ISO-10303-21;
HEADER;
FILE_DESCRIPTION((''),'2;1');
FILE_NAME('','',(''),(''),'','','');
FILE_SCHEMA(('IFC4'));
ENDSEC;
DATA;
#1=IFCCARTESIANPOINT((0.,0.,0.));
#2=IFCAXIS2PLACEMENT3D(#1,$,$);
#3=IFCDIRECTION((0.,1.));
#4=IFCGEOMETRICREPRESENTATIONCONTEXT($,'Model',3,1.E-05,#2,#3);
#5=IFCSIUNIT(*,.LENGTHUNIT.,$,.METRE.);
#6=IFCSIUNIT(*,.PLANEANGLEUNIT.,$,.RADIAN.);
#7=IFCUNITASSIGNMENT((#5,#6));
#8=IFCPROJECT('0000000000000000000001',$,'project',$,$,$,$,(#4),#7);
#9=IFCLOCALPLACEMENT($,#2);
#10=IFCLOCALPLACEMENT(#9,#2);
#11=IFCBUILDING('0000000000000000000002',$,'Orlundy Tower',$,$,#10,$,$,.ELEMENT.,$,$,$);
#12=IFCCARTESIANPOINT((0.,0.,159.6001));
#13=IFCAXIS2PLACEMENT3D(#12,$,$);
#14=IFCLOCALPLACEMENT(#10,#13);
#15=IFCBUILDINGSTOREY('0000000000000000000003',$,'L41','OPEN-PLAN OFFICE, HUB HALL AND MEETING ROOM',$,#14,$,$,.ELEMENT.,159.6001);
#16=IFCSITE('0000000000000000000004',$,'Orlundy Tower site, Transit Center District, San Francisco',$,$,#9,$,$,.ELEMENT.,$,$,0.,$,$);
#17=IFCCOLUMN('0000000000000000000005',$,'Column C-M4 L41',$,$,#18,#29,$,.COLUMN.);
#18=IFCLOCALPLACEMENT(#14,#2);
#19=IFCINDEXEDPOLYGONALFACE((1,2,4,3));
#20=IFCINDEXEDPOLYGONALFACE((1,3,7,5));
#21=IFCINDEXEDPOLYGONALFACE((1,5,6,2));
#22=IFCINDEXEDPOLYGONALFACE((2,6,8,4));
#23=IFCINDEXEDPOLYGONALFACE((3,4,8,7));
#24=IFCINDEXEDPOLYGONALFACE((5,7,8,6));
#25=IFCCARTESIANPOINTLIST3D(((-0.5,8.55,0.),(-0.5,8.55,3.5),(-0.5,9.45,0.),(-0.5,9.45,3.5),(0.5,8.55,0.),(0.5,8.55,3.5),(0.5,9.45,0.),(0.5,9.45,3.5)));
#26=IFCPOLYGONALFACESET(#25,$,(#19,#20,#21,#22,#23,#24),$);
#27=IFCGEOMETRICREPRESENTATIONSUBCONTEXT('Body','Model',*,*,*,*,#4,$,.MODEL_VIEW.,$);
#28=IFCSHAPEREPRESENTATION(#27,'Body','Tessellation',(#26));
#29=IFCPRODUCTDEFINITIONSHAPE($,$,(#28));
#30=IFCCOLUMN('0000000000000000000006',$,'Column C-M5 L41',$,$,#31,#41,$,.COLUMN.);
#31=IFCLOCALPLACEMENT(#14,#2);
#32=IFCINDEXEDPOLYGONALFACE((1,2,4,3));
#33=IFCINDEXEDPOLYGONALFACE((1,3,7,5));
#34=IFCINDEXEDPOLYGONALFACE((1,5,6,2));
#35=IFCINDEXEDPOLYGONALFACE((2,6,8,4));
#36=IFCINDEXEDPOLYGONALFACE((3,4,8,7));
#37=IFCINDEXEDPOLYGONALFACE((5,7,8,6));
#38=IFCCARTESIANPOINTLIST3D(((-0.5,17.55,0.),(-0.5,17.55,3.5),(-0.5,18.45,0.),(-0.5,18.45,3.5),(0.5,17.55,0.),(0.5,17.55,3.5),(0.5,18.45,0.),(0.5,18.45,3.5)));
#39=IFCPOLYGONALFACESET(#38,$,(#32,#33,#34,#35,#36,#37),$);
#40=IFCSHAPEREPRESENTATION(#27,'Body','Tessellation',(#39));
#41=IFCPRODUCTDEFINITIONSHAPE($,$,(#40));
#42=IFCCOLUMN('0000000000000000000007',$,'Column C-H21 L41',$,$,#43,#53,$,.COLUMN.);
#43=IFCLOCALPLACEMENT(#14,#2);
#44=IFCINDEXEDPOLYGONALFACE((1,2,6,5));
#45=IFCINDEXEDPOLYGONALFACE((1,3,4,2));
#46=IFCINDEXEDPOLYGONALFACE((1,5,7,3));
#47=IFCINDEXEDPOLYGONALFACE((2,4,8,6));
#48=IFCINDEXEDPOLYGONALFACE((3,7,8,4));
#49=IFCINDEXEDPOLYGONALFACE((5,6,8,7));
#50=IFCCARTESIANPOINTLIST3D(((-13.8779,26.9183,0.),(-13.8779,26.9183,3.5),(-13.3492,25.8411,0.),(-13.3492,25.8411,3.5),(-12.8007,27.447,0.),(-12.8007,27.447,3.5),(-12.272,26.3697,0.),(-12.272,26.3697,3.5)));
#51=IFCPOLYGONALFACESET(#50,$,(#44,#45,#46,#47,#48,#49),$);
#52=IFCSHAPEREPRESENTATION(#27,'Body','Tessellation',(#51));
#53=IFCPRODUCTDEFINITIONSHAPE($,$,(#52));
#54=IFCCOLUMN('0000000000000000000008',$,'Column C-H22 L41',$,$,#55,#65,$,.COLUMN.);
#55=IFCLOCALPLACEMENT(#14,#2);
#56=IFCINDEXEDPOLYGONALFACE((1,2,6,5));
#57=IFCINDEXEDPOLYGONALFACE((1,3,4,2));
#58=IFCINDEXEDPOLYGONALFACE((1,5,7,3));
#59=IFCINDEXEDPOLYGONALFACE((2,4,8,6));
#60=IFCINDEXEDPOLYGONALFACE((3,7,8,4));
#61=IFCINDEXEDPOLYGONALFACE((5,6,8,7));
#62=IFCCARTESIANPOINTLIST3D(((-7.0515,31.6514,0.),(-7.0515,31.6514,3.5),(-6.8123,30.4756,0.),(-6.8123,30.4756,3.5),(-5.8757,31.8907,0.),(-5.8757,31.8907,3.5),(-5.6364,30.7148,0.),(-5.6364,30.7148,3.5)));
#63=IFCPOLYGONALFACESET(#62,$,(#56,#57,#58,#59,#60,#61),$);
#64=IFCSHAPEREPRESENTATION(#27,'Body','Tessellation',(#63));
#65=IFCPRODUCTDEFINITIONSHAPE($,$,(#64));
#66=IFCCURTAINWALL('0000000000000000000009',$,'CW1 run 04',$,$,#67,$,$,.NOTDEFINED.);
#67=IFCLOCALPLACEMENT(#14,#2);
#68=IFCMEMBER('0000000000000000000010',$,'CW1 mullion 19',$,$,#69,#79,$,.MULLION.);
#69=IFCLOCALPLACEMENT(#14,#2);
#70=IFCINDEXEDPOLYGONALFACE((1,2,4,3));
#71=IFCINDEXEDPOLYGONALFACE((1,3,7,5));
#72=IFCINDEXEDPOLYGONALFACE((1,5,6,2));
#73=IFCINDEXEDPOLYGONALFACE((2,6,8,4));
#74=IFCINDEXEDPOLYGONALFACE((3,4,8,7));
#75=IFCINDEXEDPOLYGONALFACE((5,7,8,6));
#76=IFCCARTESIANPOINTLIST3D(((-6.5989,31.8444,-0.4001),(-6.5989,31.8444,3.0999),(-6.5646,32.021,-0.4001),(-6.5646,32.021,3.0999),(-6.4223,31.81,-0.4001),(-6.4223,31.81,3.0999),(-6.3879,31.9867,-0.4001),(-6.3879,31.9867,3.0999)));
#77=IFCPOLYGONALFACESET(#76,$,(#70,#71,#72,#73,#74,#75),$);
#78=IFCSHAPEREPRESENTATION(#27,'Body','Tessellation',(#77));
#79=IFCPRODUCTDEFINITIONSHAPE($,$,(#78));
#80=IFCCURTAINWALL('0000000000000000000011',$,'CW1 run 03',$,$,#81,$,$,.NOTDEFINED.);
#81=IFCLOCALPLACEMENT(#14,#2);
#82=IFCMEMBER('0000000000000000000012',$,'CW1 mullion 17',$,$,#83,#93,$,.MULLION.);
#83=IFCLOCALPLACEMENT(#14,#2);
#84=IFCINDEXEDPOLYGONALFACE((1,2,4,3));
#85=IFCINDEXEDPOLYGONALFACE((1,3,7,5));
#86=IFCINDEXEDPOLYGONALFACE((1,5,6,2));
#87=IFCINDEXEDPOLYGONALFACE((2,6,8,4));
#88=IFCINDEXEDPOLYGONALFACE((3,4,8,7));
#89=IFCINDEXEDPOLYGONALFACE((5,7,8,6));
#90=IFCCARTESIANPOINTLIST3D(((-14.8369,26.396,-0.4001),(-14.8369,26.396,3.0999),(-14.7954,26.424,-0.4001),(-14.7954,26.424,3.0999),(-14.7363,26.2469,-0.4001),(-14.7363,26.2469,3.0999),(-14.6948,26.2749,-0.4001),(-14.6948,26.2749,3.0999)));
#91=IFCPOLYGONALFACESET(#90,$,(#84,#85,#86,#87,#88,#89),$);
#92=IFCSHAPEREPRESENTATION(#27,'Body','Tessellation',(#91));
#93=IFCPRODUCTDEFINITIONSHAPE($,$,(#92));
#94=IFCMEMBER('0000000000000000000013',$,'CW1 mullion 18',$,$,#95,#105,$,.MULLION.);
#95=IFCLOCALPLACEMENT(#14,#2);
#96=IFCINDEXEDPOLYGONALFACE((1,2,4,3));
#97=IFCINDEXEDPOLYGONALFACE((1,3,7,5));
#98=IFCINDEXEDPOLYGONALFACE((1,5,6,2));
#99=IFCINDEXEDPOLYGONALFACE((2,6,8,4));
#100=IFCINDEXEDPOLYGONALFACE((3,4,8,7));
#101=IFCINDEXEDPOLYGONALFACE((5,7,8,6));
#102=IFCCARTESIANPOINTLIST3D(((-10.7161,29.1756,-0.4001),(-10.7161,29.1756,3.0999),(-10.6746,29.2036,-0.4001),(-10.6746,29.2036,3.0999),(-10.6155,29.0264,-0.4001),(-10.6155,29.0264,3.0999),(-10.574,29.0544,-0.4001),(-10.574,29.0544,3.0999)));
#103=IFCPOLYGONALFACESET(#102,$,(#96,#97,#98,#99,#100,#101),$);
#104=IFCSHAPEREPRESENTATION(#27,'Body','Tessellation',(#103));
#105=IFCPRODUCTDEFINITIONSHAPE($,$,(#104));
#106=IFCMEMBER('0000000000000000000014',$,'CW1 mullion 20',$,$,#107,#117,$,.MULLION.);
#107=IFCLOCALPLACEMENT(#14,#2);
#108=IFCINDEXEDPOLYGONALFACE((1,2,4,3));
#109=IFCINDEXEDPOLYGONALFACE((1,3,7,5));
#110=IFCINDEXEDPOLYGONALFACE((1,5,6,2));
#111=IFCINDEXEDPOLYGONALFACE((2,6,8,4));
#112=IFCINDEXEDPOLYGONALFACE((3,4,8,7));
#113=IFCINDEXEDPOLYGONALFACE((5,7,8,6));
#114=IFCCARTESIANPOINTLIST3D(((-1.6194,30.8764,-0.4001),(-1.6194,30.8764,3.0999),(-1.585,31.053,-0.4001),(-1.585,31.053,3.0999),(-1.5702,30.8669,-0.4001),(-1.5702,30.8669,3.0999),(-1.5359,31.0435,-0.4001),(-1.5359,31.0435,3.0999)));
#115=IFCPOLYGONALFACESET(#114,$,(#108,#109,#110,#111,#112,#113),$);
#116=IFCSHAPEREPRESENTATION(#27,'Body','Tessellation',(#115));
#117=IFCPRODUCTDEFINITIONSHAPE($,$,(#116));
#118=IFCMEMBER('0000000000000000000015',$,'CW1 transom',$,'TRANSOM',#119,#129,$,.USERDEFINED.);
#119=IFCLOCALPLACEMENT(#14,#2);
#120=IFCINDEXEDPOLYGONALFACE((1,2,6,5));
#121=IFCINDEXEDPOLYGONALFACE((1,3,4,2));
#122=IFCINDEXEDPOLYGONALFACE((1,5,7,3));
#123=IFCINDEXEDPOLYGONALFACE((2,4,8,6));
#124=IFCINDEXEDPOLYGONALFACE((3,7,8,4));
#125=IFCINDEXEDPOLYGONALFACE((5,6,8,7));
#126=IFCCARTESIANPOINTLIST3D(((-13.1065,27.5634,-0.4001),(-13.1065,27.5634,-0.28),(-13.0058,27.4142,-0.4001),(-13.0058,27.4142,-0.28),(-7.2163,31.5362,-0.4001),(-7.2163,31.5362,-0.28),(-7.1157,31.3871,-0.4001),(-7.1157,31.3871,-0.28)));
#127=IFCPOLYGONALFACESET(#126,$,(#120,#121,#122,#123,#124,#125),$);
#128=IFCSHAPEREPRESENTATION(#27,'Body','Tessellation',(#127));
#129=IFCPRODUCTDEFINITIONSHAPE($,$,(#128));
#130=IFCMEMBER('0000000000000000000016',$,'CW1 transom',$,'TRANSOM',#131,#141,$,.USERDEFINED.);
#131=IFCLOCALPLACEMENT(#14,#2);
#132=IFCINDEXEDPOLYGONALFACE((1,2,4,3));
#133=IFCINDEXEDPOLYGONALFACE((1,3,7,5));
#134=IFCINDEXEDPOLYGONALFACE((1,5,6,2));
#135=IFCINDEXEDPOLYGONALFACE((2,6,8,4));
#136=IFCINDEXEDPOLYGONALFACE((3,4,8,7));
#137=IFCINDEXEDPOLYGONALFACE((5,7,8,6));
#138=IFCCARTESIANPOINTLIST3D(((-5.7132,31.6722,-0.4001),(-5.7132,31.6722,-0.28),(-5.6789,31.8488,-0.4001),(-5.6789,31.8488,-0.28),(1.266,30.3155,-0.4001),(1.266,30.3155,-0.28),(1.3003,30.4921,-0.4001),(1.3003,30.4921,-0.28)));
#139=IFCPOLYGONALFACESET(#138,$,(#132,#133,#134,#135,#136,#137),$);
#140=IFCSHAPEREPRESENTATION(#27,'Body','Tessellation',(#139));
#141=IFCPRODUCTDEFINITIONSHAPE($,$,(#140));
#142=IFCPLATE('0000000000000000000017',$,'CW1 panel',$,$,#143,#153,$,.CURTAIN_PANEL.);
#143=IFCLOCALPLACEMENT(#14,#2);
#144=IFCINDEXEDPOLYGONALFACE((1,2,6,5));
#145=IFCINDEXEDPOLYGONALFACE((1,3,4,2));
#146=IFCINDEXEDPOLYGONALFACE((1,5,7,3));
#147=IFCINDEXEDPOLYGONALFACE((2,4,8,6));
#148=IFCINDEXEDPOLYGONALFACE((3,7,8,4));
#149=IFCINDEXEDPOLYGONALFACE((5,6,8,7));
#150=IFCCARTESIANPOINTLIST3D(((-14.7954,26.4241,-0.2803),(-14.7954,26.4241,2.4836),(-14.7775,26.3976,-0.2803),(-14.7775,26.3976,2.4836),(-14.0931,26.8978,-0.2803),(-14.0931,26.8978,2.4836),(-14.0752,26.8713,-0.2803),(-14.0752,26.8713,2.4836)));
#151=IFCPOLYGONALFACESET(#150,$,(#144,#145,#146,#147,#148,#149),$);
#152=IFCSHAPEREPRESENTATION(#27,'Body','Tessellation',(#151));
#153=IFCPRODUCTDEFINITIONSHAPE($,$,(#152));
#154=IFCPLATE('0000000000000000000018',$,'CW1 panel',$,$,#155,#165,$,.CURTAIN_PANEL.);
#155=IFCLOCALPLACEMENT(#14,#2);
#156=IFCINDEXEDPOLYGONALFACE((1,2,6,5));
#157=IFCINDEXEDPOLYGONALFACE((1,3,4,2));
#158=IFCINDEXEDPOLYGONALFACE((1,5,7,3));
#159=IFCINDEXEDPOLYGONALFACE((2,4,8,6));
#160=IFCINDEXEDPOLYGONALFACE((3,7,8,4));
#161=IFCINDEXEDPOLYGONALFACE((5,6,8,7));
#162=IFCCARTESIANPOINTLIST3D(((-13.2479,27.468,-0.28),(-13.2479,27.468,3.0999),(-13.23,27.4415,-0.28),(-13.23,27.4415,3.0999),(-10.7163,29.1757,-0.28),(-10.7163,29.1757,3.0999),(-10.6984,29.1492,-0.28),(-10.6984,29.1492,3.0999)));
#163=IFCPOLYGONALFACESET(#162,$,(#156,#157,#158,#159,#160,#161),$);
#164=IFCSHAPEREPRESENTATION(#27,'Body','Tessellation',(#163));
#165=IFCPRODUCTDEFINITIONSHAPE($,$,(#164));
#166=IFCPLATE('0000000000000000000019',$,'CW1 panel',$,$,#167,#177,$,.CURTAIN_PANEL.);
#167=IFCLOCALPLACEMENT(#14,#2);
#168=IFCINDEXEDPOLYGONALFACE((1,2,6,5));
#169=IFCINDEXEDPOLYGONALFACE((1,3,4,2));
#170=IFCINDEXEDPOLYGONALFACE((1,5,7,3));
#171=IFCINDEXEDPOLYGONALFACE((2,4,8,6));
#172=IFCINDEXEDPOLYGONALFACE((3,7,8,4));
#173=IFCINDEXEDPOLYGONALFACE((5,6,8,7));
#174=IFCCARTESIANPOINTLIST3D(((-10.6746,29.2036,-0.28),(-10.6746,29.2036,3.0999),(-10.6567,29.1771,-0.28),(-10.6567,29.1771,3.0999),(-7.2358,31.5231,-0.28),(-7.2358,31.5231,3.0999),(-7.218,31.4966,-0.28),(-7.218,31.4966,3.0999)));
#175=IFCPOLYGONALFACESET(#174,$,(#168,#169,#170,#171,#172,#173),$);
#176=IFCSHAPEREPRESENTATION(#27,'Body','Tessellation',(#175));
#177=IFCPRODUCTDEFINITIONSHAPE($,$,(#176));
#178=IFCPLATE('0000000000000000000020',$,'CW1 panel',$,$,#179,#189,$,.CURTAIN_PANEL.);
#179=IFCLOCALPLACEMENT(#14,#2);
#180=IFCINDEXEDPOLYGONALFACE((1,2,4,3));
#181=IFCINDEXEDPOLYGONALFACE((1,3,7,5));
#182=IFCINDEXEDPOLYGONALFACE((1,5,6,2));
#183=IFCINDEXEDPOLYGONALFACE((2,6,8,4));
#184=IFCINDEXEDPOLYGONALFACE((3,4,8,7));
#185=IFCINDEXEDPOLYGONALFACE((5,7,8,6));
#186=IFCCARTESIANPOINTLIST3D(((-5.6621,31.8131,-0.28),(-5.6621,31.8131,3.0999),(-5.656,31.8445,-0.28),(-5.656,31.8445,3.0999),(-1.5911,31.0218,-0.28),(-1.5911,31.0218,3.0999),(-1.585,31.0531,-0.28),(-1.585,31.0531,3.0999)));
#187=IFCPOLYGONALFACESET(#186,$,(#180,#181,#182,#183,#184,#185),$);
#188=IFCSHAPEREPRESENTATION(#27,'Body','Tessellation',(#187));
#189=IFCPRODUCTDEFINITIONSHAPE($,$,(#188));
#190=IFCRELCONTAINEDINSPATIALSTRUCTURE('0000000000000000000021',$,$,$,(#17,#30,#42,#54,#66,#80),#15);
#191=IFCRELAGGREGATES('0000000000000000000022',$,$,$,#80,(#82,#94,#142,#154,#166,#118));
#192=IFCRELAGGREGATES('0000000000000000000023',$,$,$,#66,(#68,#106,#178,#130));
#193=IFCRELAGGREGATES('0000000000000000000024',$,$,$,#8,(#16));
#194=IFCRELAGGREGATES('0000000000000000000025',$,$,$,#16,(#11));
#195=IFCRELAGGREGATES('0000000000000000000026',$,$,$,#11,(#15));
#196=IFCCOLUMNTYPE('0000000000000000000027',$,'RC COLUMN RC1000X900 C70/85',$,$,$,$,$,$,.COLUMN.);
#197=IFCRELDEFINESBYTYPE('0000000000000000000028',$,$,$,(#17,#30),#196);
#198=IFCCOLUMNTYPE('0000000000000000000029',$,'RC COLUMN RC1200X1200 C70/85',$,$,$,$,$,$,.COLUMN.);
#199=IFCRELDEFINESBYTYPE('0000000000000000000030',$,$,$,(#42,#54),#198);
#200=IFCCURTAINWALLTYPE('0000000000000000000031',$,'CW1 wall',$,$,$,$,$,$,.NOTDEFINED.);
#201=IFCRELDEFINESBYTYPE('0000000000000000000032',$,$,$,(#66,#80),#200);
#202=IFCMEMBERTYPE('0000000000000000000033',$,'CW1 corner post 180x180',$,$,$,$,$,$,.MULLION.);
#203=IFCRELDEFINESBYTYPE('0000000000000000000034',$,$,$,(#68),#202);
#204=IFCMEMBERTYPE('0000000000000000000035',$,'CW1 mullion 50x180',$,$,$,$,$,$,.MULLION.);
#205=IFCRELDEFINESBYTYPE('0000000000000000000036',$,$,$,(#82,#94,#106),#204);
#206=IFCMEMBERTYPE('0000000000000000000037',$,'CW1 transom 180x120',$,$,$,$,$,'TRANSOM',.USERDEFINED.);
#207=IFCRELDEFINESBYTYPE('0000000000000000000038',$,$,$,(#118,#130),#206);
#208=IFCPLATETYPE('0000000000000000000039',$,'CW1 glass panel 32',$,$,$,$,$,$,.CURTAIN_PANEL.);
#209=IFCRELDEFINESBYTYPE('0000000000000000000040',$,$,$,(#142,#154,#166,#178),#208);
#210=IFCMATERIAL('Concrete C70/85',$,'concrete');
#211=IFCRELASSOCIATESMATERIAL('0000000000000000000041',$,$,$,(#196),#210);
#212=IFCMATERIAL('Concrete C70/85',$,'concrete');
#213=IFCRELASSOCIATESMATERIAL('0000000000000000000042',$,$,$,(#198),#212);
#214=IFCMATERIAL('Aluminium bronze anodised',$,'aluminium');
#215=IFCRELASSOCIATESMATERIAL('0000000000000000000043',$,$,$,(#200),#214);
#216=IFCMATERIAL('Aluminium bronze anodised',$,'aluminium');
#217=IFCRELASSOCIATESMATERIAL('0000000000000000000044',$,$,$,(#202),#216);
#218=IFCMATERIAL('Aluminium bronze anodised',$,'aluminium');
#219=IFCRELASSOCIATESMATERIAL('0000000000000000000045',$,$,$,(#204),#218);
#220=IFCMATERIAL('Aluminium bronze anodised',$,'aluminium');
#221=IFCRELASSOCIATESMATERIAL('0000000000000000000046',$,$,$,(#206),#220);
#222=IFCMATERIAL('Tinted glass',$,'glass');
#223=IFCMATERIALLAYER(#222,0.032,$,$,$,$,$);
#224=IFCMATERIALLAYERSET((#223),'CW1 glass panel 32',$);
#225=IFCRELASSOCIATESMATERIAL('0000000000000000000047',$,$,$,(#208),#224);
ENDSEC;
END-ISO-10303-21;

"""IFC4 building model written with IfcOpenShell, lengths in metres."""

from ifc_helpers import new_model, si_unit, direction, frame, origin, origin_2d, place, context, subcontext, project, spatial, rectangle, extrude, material, layer, layer_set, material_profile, profile_set, type_object, element, aggregate, save


model = new_model("IFC4")

# Units and contexts
model_context = context("Model", 3, precision=1e-05, world=origin(), true_north=direction((0.0, 1.0)))
body_context = subcontext(model_context, "Body", "Model", "MODEL_VIEW")
ifc_project = project(units=[si_unit("LENGTHUNIT", "METRE"), si_unit("PLANEANGLEUNIT", "RADIAN")], contexts=[model_context])

# Site, building, storey
site_placement = place(None, origin())
site = spatial("IfcSite", under=ifc_project, at=site_placement, Name="Orlundy Tower site, Transit Center District, San Francisco", CompositionType="ELEMENT", RefElevation=0.0)
building_placement = place(site_placement, origin())
building = spatial("IfcBuilding", under=site, at=building_placement, Name="Orlundy Tower", CompositionType="ELEMENT")
storey_placement = place(building_placement, frame((0.0, 0.0, 159.6001)))
storey = spatial("IfcBuildingStorey", under=building, at=storey_placement, Name="L41", Description="OPEN-PLAN OFFICE, HUB HALL AND MEETING ROOM", CompositionType="ELEMENT", Elevation=159.6001)

# Columns
ifc_material_1 = material(Name="Concrete C70/85", Category="concrete")
ifc_material_profile_1 = material_profile(ifc_material_1, rectangle(XDim=1.0, YDim=0.8999, at=origin_2d()), Name="RC1000X900")
ifc_profile_set_1 = profile_set([ifc_material_profile_1], Name="Concrete C70/85")
column_type_1 = type_object("IfcColumnType", Name="RC COLUMN RC1000X900 C70/85", PredefinedType="COLUMN", material=ifc_profile_set_1)
for number, where, z_axis, x_axis, name in (
    (1, (0.0, 9.0, 0.0), (0.0, 0.0, 1.0), (1.0, 0.0, 0.0), "Column C-M4 L41"),
    (2, (0.0, 18.0, 0.0), (0.0, 0.0, 1.0), (1.0, 0.0, 0.0), "Column C-M5 L41"),
):
    element("IfcColumn", number, at=place(storey_placement, frame(where, z_axis=z_axis, x_axis=x_axis)), inside=storey, type_object=column_type_1, Name=name, PredefinedType="COLUMN", context=body_context, shape_type="SweptSolid", body=[
        extrude(rectangle(XDim=1.0, YDim=0.8999, at=origin_2d()), origin(), (0.0, 0.0, 1.0), 3.5),
    ])
ifc_material_2 = material(Name="Concrete C70/85", Category="concrete")
ifc_material_profile_2 = material_profile(ifc_material_2, rectangle(XDim=1.2, YDim=1.2, at=origin_2d()), Name="RC1200X1200")
ifc_profile_set_2 = profile_set([ifc_material_profile_2], Name="Concrete C70/85")
column_type_2 = type_object("IfcColumnType", Name="RC COLUMN RC1200X1200 C70/85", PredefinedType="COLUMN", material=ifc_profile_set_2)
for number, where, z_axis, x_axis, name in (
    (3, (-13.075, 26.644, 0.0), (0.0, 0.0, 1.0), (-0.44055, 0.897728, 0.0), "Column C-H21 L41"),
    (4, (-6.344, 31.1831, 0.0), (0.0, 0.0, 1.0), (-0.199368, 0.979925, 0.0), "Column C-H22 L41"),
):
    element("IfcColumn", number, at=place(storey_placement, frame(where, z_axis=z_axis, x_axis=x_axis)), inside=storey, type_object=column_type_2, Name=name, PredefinedType="COLUMN", context=body_context, shape_type="SweptSolid", body=[
        extrude(rectangle(XDim=1.2, YDim=1.2, at=origin_2d()), origin(), (0.0, 0.0, 1.0), 3.5),
    ])

# Curtain wall, member
ifc_material_3 = material(Name="Aluminium bronze anodised", Category="aluminium")
curtain_wall_type = type_object("IfcCurtainWallType", Name="CW1 wall", PredefinedType="NOTDEFINED", material=ifc_material_3)
curtain_wall_1_placement = place(storey_placement, origin())
curtain_wall_1 = element("IfcCurtainWall", 5, at=curtain_wall_1_placement, inside=storey, type_object=curtain_wall_type, Name="CW1 run 04", PredefinedType="NOTDEFINED")
ifc_material_4 = material(Name="Aluminium bronze anodised", Category="aluminium")
ifc_material_profile_3 = material_profile(ifc_material_4, rectangle(XDim=0.1799, YDim=0.1799, at=origin_2d()), Name="CW1 corner post 180x180")
ifc_profile_set_3 = profile_set([ifc_material_profile_3], Name="Aluminium bronze anodised")
member_type_1 = type_object("IfcMemberType", Name="CW1 corner post 180x180", PredefinedType="MULLION", material=ifc_profile_set_3)
member_1_placement = place(storey_placement, frame((-6.4934, 31.9155, -0.4001), z_axis=(0.0, 0.0, 1.0), x_axis=(0.190805, 0.981628, 0.0)))
member_1 = element("IfcMember", 6, at=member_1_placement, type_object=member_type_1, Name="CW1 mullion 19", PredefinedType="MULLION", context=body_context, shape_type="SweptSolid", body=[
    extrude(rectangle(XDim=0.1799, YDim=0.1799, at=origin_2d()), origin(), (0.0, 0.0, 1.0), 3.5),
])

# Curtain wall, members
curtain_wall_2_placement = place(storey_placement, origin())
curtain_wall_2 = element("IfcCurtainWall", 7, at=curtain_wall_2_placement, inside=storey, type_object=curtain_wall_type, Name="CW1 run 03", PredefinedType="NOTDEFINED")
ifc_material_5 = material(Name="Aluminium bronze anodised", Category="aluminium")
ifc_material_profile_4 = material_profile(ifc_material_5, rectangle(XDim=0.1799, YDim=0.05, at=origin_2d()), Name="CW1 mullion 50x180")
ifc_profile_set_4 = profile_set([ifc_material_profile_4], Name="Aluminium bronze anodised")
member_type_2 = type_object("IfcMemberType", Name="CW1 mullion 50x180", PredefinedType="MULLION", material=ifc_profile_set_4)
member_2_placement = place(storey_placement, frame((-14.7659, 26.3354, -0.4001), z_axis=(0.0, 0.0, 1.0), x_axis=(-0.559205, 0.82903, 0.0)))
member_2 = element("IfcMember", 8, at=member_2_placement, type_object=member_type_2, Name="CW1 mullion 17", PredefinedType="MULLION", context=body_context, shape_type="SweptSolid", body=[
    extrude(rectangle(XDim=0.1799, YDim=0.05, at=origin_2d()), origin(), (0.0, 0.0, 1.0), 3.5),
])
member_3_placement = place(storey_placement, frame((-10.645, 29.115, -0.4001), z_axis=(0.0, 0.0, 1.0), x_axis=(-0.559205, 0.82903, 0.0)))
member_3 = element("IfcMember", 9, at=member_3_placement, type_object=member_type_2, Name="CW1 mullion 18", PredefinedType="MULLION", context=body_context, shape_type="SweptSolid", body=[
    extrude(rectangle(XDim=0.1799, YDim=0.05, at=origin_2d()), origin(), (0.0, 0.0, 1.0), 3.5),
])

# Members
member_4_placement = place(storey_placement, frame((-1.5776, 30.96, -0.4001), z_axis=(0.0, 0.0, 1.0), x_axis=(0.190805, 0.981628, 0.0)))
member_4 = element("IfcMember", 10, at=member_4_placement, type_object=member_type_2, Name="CW1 mullion 20", PredefinedType="MULLION", context=body_context, shape_type="SweptSolid", body=[
    extrude(rectangle(XDim=0.1799, YDim=0.05, at=origin_2d()), origin(), (0.0, 0.0, 1.0), 3.5),
])
ifc_material_6 = material(Name="Aluminium bronze anodised", Category="aluminium")
ifc_material_profile_5 = material_profile(ifc_material_6, rectangle(XDim=0.1799, YDim=0.1201, at=origin_2d()), Name="CW1 transom 180x120")
ifc_profile_set_5 = profile_set([ifc_material_profile_5], Name="Aluminium bronze anodised")
member_type_3 = type_object("IfcMemberType", Name="CW1 transom 180x120", ElementType="TRANSOM", PredefinedType="USERDEFINED", material=ifc_profile_set_5)
member_5_placement = place(storey_placement, frame((-13.0562, 27.4888, -0.3401), z_axis=(0.829041, 0.559188, 0.0), x_axis=(-0.559188, 0.829041, 0.0)))
member_5 = element("IfcMember", 11, at=member_5_placement, type_object=member_type_3, Name="CW1 transom", ObjectType="TRANSOM", PredefinedType="USERDEFINED", context=body_context, shape_type="SweptSolid", body=[
    extrude(rectangle(XDim=0.1799, YDim=0.1201, at=origin_2d()), origin(), (0.0, 0.0, 1.0), 7.1047),
])
member_6_placement = place(storey_placement, frame((-5.696, 31.7605, -0.3401), z_axis=(0.981626, -0.190817, 0.0), x_axis=(0.190817, 0.981626, 0.0)))
member_6 = element("IfcMember", 12, at=member_6_placement, type_object=member_type_3, Name="CW1 transom", ObjectType="TRANSOM", PredefinedType="USERDEFINED", context=body_context, shape_type="SweptSolid", body=[
    extrude(rectangle(XDim=0.1799, YDim=0.1201, at=origin_2d()), origin(), (0.0, 0.0, 1.0), 7.1099),
])

# Plates
ifc_material_7 = material(Name="Tinted glass", Category="glass")
ifc_layer_1 = layer(ifc_material_7, 0.032)
ifc_layer_set_1 = layer_set([ifc_layer_1], Name="CW1 glass panel 32")
plate_type = type_object("IfcPlateType", Name="CW1 glass panel 32", PredefinedType="CURTAIN_PANEL", material=ifc_layer_set_1)
plate_1_placement = place(storey_placement, frame((-14.4353, 26.6477, -0.2803), z_axis=(0.0, 0.0, 1.0), x_axis=(0.82903, 0.559205, 0.0)))
plate_1 = element("IfcPlate", 13, at=plate_1_placement, type_object=plate_type, Name="CW1 panel", PredefinedType="CURTAIN_PANEL", context=body_context, shape_type="SweptSolid", body=[
    extrude(rectangle(XDim=0.8472, YDim=0.032, at=origin_2d()), origin(), (0.0, 0.0, 1.0), 2.7639),
])
plate_2_placement = place(storey_placement, frame((-11.9731, 28.3086, -0.28), z_axis=(0.0, 0.0, 1.0), x_axis=(0.82903, 0.559205, 0.0)))
plate_2 = element("IfcPlate", 14, at=plate_2_placement, type_object=plate_type, Name="CW1 panel", PredefinedType="CURTAIN_PANEL", context=body_context, shape_type="SweptSolid", body=[
    extrude(rectangle(XDim=3.0537, YDim=0.032, at=origin_2d()), origin(), (0.0, 0.0, 1.0), 3.3799),
])
plate_3_placement = place(storey_placement, frame((-8.9463, 30.3501, -0.28), z_axis=(0.0, 0.0, 1.0), x_axis=(0.82903, 0.559205, 0.0)))
plate_3 = element("IfcPlate", 15, at=plate_3_placement, type_object=plate_type, Name="CW1 panel", PredefinedType="CURTAIN_PANEL", context=body_context, shape_type="SweptSolid", body=[
    extrude(rectangle(XDim=4.1479, YDim=0.032, at=origin_2d()), origin(), (0.0, 0.0, 1.0), 3.3799),
])
aggregate(curtain_wall_2, [member_2, member_3, plate_1, plate_2, plate_3, member_5])
plate_4_placement = place(storey_placement, frame((-3.6235, 31.4331, -0.28), z_axis=(0.0, 0.0, 1.0), x_axis=(0.981628, -0.190805, 0.0)))
plate_4 = element("IfcPlate", 16, at=plate_4_placement, type_object=plate_type, Name="CW1 panel", PredefinedType="CURTAIN_PANEL", context=body_context, shape_type="SweptSolid", body=[
    extrude(rectangle(XDim=4.1472, YDim=0.032, at=origin_2d()), origin(), (0.0, 0.0, 1.0), 3.3799),
])
aggregate(curtain_wall_1, [member_1, member_4, plate_4, member_6])

save(model, "model.ifc")
